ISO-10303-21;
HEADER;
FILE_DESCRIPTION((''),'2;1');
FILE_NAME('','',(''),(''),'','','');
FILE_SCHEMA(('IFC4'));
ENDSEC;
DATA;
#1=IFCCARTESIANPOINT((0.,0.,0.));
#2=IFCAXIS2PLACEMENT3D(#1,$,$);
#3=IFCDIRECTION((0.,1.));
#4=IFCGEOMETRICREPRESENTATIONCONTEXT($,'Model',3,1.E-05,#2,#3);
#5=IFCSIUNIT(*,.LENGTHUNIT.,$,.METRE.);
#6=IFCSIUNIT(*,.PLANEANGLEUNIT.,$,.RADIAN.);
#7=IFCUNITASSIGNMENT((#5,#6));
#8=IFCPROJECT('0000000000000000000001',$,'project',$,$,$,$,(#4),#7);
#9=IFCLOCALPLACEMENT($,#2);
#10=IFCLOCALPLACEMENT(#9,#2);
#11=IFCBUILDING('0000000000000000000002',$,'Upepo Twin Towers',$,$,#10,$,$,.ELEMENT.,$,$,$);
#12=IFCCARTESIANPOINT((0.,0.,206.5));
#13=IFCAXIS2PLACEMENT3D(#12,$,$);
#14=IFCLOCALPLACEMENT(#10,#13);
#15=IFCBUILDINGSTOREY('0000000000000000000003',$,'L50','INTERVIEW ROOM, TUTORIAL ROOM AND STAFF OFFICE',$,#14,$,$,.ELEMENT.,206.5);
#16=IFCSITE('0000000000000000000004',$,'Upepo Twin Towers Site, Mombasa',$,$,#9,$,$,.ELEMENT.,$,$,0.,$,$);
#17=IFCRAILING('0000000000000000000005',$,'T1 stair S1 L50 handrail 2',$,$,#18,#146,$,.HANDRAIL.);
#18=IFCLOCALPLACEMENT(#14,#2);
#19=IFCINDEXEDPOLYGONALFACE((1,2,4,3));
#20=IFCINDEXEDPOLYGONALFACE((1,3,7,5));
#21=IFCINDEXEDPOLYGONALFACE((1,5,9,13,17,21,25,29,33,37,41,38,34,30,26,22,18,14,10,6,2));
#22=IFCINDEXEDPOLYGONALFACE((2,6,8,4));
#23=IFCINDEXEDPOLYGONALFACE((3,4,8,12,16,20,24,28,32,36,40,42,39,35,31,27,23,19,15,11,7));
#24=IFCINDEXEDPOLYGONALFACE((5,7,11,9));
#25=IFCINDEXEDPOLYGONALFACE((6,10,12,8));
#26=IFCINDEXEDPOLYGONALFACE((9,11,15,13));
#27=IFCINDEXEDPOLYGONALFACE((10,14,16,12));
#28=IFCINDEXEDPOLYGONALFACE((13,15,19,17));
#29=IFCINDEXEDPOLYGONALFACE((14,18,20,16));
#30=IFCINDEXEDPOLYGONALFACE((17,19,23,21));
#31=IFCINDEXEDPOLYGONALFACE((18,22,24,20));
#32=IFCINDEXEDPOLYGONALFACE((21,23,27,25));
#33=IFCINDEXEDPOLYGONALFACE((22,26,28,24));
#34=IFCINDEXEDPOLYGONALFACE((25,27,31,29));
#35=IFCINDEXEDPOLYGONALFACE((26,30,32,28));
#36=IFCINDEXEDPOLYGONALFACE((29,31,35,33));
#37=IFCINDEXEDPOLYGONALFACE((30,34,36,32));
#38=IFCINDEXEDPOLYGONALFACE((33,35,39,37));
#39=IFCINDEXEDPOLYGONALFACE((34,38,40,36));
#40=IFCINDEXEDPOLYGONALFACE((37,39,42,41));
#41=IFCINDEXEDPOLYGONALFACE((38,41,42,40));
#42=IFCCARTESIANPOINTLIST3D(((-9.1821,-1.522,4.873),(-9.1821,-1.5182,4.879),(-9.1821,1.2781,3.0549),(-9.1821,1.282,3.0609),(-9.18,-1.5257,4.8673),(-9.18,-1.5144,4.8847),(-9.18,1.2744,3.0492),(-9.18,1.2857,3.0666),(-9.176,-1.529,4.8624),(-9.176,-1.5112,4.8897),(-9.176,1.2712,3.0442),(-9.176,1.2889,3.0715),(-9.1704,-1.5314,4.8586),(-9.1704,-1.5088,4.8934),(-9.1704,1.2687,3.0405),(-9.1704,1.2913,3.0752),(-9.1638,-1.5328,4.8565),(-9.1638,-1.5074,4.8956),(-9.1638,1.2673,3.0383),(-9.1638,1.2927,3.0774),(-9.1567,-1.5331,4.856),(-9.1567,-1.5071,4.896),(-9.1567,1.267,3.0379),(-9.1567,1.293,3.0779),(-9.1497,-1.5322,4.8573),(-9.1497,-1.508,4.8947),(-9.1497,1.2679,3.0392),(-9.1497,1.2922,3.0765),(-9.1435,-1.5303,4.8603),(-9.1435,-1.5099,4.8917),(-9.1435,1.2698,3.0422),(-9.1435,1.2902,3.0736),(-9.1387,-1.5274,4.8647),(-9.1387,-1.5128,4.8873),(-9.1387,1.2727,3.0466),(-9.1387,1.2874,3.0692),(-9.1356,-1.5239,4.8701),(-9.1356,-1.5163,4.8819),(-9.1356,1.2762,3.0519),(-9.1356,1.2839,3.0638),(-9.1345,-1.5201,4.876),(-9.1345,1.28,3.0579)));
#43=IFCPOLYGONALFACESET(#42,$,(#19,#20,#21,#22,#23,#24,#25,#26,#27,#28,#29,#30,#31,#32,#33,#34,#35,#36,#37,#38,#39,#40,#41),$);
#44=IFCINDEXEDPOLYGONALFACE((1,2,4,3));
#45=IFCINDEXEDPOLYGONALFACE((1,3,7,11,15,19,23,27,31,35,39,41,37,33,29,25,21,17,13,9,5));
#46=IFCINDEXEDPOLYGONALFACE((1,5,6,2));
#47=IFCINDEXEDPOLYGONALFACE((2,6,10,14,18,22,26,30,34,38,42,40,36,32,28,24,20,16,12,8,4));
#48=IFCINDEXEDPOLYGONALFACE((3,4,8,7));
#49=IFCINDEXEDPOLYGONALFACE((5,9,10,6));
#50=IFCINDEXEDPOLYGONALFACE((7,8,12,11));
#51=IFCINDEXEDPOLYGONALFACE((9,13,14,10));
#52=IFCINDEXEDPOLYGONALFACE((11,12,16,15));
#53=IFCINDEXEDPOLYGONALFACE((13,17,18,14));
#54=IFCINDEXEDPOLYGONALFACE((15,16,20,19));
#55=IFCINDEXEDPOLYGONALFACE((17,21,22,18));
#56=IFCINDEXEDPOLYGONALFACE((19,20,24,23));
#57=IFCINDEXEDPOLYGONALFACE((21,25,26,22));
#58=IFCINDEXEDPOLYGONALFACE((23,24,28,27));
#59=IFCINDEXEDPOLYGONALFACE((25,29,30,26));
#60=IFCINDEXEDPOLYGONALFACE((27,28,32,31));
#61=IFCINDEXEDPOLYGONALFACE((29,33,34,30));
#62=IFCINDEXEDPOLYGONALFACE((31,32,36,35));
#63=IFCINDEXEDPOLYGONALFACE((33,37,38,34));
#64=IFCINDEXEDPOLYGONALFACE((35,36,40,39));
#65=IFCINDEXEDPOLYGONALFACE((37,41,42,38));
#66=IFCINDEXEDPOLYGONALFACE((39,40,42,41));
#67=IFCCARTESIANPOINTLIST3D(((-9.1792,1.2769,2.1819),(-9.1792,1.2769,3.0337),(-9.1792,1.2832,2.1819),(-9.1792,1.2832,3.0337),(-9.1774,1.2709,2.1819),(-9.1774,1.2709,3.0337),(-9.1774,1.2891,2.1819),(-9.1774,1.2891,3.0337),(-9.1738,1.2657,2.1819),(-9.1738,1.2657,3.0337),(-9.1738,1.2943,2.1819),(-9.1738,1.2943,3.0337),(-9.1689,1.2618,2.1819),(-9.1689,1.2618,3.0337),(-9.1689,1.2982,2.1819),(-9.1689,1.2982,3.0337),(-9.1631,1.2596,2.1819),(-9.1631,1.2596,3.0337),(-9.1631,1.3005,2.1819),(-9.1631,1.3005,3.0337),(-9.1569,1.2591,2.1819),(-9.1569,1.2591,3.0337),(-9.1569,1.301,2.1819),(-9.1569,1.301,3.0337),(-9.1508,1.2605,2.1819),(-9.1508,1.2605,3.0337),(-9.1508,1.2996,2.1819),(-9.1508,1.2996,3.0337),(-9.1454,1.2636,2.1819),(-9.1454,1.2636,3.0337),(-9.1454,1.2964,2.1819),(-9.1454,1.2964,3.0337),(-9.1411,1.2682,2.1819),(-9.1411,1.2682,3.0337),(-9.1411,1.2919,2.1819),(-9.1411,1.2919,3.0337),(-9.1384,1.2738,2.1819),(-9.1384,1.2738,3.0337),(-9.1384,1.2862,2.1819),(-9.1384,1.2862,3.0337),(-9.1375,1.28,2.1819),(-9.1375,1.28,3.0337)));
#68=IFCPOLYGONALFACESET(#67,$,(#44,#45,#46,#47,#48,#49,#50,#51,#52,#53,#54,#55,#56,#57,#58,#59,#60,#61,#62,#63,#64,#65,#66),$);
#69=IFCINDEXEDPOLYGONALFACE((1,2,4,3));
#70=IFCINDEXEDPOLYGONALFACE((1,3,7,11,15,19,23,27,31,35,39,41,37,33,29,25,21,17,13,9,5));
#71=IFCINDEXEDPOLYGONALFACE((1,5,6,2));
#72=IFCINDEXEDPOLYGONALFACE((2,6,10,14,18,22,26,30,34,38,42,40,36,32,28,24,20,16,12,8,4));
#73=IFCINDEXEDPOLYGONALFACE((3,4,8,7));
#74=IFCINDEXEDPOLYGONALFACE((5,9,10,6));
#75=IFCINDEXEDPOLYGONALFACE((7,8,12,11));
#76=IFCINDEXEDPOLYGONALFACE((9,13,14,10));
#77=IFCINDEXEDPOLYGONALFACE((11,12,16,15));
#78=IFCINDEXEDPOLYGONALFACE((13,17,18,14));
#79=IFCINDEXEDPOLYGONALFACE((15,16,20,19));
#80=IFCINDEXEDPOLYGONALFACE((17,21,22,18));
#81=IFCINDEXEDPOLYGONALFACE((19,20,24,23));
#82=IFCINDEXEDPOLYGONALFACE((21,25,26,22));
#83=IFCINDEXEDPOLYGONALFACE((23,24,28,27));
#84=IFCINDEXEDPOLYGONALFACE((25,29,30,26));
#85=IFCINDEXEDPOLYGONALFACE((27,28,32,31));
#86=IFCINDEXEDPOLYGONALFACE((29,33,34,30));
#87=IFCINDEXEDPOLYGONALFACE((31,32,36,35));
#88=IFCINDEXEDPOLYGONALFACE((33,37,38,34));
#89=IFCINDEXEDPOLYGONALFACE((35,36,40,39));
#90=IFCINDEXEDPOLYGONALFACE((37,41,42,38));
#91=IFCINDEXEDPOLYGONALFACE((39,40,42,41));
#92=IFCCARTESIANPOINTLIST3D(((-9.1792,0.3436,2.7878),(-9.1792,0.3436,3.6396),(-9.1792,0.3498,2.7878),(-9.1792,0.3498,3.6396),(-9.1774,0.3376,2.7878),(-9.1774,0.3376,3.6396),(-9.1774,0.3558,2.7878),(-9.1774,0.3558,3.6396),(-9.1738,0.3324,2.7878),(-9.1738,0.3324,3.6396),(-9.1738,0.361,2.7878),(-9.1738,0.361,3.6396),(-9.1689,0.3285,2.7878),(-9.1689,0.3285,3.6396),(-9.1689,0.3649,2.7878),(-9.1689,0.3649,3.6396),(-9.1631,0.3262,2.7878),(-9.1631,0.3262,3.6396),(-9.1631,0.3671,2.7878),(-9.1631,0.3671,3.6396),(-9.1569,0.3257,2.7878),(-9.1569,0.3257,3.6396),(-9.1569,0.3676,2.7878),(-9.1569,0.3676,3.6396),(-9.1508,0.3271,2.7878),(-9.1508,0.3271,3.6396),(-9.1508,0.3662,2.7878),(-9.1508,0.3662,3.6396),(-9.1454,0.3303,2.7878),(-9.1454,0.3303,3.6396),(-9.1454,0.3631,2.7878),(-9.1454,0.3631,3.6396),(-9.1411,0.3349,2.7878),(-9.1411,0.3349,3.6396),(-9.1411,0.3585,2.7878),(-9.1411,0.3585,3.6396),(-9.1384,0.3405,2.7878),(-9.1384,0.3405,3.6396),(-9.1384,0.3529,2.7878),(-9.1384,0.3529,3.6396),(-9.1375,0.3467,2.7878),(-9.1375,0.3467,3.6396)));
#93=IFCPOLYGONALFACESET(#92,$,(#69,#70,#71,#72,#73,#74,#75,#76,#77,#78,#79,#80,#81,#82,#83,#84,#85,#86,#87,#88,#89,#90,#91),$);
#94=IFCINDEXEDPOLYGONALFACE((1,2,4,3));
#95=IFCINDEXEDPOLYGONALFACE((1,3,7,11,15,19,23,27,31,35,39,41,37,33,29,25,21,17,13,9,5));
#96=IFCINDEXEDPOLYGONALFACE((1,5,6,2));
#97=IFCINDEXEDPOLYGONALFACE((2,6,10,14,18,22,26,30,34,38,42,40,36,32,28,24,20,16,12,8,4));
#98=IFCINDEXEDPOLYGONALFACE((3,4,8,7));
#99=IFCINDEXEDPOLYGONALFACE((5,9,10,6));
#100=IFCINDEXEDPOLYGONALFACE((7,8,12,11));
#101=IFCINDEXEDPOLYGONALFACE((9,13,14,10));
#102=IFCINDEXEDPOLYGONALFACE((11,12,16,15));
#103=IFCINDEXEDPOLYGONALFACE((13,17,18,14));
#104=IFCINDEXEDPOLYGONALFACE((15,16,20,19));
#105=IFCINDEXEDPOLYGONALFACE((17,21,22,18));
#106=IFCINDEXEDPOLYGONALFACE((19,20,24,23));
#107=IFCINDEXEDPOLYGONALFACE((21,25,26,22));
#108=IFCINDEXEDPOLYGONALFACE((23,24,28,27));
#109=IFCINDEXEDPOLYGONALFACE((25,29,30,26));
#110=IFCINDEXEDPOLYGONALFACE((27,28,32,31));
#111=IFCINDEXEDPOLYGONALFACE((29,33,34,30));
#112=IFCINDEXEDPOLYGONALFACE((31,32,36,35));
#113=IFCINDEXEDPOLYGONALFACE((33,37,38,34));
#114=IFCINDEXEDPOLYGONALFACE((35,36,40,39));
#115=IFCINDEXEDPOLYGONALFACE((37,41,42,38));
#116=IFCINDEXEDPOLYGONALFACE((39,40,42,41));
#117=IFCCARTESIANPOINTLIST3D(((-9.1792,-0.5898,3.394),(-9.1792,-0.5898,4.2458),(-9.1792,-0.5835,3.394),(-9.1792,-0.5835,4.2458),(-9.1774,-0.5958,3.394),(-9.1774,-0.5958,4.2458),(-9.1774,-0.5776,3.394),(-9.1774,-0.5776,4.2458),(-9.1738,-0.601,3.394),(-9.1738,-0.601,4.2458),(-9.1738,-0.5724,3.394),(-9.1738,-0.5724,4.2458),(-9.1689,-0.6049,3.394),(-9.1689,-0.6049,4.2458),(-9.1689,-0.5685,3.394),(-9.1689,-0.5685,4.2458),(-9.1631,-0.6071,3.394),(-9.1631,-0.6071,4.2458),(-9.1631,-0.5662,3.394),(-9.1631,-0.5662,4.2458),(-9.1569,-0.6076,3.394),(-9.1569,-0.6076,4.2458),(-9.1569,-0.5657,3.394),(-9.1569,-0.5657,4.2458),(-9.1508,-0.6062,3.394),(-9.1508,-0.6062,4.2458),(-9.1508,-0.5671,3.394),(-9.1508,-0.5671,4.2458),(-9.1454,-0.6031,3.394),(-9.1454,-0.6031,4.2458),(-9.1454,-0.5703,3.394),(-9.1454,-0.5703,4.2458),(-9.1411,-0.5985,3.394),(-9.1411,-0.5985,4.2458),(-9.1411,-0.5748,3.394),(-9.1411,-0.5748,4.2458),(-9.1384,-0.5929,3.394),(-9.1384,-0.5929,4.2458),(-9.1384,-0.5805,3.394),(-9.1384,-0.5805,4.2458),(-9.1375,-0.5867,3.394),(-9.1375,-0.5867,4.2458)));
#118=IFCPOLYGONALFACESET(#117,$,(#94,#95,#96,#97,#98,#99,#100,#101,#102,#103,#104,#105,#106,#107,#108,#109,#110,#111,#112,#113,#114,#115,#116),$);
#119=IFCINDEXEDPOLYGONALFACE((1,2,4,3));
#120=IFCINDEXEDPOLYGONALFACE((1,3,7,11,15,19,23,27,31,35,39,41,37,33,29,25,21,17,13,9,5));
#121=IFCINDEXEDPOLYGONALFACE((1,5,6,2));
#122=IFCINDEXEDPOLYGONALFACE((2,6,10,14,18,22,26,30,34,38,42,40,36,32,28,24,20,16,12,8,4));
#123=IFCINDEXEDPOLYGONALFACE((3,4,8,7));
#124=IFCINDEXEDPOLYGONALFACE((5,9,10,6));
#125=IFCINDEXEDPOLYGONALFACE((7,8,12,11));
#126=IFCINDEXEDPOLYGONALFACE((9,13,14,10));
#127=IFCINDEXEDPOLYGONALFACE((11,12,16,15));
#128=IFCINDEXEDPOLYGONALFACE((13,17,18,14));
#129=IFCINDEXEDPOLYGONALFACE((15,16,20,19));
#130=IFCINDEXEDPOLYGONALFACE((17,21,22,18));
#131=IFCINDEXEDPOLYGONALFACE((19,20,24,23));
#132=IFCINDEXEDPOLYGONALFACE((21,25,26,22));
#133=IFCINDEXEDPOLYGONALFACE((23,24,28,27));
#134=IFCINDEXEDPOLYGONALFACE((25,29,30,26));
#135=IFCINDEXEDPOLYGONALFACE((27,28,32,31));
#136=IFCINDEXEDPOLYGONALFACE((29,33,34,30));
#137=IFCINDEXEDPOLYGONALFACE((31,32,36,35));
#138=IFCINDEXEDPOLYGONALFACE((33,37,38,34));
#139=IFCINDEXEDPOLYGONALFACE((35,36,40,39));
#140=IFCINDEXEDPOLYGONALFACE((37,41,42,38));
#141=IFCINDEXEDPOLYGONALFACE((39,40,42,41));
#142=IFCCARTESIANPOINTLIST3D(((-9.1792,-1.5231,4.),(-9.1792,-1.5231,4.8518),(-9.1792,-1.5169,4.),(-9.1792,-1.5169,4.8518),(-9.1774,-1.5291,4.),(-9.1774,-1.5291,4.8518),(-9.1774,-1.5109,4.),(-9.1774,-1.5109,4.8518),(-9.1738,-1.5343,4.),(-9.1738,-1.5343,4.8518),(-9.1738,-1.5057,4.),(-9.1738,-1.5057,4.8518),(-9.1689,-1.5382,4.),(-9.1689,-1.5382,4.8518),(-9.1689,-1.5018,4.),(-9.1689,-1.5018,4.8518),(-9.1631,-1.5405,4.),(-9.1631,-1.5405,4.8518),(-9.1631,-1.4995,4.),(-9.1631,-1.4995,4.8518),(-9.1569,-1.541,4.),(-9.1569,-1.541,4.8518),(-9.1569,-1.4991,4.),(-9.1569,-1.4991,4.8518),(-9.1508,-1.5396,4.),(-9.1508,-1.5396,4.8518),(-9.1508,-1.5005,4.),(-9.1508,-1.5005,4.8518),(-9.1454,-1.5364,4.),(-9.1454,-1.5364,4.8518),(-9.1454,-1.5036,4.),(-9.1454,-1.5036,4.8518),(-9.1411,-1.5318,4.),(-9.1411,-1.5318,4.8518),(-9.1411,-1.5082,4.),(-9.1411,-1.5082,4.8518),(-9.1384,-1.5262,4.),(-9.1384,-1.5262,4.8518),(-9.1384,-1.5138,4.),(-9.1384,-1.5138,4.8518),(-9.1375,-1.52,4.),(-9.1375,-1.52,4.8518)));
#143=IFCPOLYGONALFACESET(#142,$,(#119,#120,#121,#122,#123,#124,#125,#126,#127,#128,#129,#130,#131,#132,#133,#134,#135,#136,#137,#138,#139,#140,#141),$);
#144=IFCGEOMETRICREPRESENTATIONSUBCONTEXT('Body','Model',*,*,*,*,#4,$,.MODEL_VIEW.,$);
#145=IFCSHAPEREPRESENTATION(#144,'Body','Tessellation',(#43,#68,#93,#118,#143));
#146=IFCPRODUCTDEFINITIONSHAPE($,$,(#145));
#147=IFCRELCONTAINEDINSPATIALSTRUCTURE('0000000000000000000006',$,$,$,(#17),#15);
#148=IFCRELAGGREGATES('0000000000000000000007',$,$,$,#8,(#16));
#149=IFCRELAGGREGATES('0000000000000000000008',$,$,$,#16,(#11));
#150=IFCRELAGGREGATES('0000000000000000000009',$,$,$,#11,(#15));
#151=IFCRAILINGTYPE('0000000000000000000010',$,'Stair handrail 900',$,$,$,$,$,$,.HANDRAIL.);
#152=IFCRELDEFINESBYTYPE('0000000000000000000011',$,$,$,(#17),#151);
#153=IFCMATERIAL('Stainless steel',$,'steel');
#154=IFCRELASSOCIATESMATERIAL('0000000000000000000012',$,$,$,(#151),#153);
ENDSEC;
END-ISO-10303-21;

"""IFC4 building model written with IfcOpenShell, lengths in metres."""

from ifc_helpers import new_model, si_unit, direction, frame, origin, origin_2d, place, context, subcontext, project, spatial, circle, extrude, material, type_object, element, save


model = new_model("IFC4")

# Units and contexts
model_context = context("Model", 3, precision=1e-05, world=origin(), true_north=direction((0.0, 1.0)))
body_context = subcontext(model_context, "Body", "Model", "MODEL_VIEW")
ifc_project = project(units=[si_unit("LENGTHUNIT", "METRE"), si_unit("PLANEANGLEUNIT", "RADIAN")], contexts=[model_context])

# Site, building, storey
site_placement = place(None, origin())
site = spatial("IfcSite", under=ifc_project, at=site_placement, Name="Upepo Twin Towers Site, Mombasa", CompositionType="ELEMENT", RefElevation=0.0)
building_placement = place(site_placement, origin())
building = spatial("IfcBuilding", under=site, at=building_placement, Name="Upepo Twin Towers", CompositionType="ELEMENT")
storey_placement = place(building_placement, frame((0.0, 0.0, 206.5)))
storey = spatial("IfcBuildingStorey", under=building, at=storey_placement, Name="L50", Description="INTERVIEW ROOM, TUTORIAL ROOM AND STAFF OFFICE", CompositionType="ELEMENT", Elevation=206.5)

# Railing
ifc_material_1 = material(Name="Stainless steel", Category="steel")
railing_type = type_object("IfcRailingType", Name="Stair handrail 900", PredefinedType="HANDRAIL", material=ifc_material_1)
railing_1_placement = place(storey_placement, frame((-9.1584, 1.28, 2.1819)))
element("IfcRailing", 1, at=railing_1_placement, inside=storey, type_object=railing_type, Name="T1 stair S1 L50 handrail 2", PredefinedType="HANDRAIL", context=body_context, shape_type="SweptSolid", body=[
    extrude(circle(Radius=0.0239, at=origin_2d()), frame((0.0, 0.0, 0.876), z_axis=(0.0, -0.838706, 0.544585), x_axis=(1.0, 0.0, 0.0)), (0.0, 0.0, 1.0), 3.3386),
    extrude(circle(Radius=0.021, at=origin_2d()), origin(), (0.0, 0.0, 1.0), 0.8518),
    extrude(circle(Radius=0.021, at=origin_2d()), frame((0.0, -0.9333, 0.606)), (0.0, 0.0, 1.0), 0.8518),
    extrude(circle(Radius=0.021, at=origin_2d()), frame((0.0, -1.8667, 1.2122)), (0.0, 0.0, 1.0), 0.8518),
    extrude(circle(Radius=0.021, at=origin_2d()), frame((0.0, -2.8, 1.8181)), (0.0, 0.0, 1.0), 0.8518),
])

save(model, "model.ifc")
